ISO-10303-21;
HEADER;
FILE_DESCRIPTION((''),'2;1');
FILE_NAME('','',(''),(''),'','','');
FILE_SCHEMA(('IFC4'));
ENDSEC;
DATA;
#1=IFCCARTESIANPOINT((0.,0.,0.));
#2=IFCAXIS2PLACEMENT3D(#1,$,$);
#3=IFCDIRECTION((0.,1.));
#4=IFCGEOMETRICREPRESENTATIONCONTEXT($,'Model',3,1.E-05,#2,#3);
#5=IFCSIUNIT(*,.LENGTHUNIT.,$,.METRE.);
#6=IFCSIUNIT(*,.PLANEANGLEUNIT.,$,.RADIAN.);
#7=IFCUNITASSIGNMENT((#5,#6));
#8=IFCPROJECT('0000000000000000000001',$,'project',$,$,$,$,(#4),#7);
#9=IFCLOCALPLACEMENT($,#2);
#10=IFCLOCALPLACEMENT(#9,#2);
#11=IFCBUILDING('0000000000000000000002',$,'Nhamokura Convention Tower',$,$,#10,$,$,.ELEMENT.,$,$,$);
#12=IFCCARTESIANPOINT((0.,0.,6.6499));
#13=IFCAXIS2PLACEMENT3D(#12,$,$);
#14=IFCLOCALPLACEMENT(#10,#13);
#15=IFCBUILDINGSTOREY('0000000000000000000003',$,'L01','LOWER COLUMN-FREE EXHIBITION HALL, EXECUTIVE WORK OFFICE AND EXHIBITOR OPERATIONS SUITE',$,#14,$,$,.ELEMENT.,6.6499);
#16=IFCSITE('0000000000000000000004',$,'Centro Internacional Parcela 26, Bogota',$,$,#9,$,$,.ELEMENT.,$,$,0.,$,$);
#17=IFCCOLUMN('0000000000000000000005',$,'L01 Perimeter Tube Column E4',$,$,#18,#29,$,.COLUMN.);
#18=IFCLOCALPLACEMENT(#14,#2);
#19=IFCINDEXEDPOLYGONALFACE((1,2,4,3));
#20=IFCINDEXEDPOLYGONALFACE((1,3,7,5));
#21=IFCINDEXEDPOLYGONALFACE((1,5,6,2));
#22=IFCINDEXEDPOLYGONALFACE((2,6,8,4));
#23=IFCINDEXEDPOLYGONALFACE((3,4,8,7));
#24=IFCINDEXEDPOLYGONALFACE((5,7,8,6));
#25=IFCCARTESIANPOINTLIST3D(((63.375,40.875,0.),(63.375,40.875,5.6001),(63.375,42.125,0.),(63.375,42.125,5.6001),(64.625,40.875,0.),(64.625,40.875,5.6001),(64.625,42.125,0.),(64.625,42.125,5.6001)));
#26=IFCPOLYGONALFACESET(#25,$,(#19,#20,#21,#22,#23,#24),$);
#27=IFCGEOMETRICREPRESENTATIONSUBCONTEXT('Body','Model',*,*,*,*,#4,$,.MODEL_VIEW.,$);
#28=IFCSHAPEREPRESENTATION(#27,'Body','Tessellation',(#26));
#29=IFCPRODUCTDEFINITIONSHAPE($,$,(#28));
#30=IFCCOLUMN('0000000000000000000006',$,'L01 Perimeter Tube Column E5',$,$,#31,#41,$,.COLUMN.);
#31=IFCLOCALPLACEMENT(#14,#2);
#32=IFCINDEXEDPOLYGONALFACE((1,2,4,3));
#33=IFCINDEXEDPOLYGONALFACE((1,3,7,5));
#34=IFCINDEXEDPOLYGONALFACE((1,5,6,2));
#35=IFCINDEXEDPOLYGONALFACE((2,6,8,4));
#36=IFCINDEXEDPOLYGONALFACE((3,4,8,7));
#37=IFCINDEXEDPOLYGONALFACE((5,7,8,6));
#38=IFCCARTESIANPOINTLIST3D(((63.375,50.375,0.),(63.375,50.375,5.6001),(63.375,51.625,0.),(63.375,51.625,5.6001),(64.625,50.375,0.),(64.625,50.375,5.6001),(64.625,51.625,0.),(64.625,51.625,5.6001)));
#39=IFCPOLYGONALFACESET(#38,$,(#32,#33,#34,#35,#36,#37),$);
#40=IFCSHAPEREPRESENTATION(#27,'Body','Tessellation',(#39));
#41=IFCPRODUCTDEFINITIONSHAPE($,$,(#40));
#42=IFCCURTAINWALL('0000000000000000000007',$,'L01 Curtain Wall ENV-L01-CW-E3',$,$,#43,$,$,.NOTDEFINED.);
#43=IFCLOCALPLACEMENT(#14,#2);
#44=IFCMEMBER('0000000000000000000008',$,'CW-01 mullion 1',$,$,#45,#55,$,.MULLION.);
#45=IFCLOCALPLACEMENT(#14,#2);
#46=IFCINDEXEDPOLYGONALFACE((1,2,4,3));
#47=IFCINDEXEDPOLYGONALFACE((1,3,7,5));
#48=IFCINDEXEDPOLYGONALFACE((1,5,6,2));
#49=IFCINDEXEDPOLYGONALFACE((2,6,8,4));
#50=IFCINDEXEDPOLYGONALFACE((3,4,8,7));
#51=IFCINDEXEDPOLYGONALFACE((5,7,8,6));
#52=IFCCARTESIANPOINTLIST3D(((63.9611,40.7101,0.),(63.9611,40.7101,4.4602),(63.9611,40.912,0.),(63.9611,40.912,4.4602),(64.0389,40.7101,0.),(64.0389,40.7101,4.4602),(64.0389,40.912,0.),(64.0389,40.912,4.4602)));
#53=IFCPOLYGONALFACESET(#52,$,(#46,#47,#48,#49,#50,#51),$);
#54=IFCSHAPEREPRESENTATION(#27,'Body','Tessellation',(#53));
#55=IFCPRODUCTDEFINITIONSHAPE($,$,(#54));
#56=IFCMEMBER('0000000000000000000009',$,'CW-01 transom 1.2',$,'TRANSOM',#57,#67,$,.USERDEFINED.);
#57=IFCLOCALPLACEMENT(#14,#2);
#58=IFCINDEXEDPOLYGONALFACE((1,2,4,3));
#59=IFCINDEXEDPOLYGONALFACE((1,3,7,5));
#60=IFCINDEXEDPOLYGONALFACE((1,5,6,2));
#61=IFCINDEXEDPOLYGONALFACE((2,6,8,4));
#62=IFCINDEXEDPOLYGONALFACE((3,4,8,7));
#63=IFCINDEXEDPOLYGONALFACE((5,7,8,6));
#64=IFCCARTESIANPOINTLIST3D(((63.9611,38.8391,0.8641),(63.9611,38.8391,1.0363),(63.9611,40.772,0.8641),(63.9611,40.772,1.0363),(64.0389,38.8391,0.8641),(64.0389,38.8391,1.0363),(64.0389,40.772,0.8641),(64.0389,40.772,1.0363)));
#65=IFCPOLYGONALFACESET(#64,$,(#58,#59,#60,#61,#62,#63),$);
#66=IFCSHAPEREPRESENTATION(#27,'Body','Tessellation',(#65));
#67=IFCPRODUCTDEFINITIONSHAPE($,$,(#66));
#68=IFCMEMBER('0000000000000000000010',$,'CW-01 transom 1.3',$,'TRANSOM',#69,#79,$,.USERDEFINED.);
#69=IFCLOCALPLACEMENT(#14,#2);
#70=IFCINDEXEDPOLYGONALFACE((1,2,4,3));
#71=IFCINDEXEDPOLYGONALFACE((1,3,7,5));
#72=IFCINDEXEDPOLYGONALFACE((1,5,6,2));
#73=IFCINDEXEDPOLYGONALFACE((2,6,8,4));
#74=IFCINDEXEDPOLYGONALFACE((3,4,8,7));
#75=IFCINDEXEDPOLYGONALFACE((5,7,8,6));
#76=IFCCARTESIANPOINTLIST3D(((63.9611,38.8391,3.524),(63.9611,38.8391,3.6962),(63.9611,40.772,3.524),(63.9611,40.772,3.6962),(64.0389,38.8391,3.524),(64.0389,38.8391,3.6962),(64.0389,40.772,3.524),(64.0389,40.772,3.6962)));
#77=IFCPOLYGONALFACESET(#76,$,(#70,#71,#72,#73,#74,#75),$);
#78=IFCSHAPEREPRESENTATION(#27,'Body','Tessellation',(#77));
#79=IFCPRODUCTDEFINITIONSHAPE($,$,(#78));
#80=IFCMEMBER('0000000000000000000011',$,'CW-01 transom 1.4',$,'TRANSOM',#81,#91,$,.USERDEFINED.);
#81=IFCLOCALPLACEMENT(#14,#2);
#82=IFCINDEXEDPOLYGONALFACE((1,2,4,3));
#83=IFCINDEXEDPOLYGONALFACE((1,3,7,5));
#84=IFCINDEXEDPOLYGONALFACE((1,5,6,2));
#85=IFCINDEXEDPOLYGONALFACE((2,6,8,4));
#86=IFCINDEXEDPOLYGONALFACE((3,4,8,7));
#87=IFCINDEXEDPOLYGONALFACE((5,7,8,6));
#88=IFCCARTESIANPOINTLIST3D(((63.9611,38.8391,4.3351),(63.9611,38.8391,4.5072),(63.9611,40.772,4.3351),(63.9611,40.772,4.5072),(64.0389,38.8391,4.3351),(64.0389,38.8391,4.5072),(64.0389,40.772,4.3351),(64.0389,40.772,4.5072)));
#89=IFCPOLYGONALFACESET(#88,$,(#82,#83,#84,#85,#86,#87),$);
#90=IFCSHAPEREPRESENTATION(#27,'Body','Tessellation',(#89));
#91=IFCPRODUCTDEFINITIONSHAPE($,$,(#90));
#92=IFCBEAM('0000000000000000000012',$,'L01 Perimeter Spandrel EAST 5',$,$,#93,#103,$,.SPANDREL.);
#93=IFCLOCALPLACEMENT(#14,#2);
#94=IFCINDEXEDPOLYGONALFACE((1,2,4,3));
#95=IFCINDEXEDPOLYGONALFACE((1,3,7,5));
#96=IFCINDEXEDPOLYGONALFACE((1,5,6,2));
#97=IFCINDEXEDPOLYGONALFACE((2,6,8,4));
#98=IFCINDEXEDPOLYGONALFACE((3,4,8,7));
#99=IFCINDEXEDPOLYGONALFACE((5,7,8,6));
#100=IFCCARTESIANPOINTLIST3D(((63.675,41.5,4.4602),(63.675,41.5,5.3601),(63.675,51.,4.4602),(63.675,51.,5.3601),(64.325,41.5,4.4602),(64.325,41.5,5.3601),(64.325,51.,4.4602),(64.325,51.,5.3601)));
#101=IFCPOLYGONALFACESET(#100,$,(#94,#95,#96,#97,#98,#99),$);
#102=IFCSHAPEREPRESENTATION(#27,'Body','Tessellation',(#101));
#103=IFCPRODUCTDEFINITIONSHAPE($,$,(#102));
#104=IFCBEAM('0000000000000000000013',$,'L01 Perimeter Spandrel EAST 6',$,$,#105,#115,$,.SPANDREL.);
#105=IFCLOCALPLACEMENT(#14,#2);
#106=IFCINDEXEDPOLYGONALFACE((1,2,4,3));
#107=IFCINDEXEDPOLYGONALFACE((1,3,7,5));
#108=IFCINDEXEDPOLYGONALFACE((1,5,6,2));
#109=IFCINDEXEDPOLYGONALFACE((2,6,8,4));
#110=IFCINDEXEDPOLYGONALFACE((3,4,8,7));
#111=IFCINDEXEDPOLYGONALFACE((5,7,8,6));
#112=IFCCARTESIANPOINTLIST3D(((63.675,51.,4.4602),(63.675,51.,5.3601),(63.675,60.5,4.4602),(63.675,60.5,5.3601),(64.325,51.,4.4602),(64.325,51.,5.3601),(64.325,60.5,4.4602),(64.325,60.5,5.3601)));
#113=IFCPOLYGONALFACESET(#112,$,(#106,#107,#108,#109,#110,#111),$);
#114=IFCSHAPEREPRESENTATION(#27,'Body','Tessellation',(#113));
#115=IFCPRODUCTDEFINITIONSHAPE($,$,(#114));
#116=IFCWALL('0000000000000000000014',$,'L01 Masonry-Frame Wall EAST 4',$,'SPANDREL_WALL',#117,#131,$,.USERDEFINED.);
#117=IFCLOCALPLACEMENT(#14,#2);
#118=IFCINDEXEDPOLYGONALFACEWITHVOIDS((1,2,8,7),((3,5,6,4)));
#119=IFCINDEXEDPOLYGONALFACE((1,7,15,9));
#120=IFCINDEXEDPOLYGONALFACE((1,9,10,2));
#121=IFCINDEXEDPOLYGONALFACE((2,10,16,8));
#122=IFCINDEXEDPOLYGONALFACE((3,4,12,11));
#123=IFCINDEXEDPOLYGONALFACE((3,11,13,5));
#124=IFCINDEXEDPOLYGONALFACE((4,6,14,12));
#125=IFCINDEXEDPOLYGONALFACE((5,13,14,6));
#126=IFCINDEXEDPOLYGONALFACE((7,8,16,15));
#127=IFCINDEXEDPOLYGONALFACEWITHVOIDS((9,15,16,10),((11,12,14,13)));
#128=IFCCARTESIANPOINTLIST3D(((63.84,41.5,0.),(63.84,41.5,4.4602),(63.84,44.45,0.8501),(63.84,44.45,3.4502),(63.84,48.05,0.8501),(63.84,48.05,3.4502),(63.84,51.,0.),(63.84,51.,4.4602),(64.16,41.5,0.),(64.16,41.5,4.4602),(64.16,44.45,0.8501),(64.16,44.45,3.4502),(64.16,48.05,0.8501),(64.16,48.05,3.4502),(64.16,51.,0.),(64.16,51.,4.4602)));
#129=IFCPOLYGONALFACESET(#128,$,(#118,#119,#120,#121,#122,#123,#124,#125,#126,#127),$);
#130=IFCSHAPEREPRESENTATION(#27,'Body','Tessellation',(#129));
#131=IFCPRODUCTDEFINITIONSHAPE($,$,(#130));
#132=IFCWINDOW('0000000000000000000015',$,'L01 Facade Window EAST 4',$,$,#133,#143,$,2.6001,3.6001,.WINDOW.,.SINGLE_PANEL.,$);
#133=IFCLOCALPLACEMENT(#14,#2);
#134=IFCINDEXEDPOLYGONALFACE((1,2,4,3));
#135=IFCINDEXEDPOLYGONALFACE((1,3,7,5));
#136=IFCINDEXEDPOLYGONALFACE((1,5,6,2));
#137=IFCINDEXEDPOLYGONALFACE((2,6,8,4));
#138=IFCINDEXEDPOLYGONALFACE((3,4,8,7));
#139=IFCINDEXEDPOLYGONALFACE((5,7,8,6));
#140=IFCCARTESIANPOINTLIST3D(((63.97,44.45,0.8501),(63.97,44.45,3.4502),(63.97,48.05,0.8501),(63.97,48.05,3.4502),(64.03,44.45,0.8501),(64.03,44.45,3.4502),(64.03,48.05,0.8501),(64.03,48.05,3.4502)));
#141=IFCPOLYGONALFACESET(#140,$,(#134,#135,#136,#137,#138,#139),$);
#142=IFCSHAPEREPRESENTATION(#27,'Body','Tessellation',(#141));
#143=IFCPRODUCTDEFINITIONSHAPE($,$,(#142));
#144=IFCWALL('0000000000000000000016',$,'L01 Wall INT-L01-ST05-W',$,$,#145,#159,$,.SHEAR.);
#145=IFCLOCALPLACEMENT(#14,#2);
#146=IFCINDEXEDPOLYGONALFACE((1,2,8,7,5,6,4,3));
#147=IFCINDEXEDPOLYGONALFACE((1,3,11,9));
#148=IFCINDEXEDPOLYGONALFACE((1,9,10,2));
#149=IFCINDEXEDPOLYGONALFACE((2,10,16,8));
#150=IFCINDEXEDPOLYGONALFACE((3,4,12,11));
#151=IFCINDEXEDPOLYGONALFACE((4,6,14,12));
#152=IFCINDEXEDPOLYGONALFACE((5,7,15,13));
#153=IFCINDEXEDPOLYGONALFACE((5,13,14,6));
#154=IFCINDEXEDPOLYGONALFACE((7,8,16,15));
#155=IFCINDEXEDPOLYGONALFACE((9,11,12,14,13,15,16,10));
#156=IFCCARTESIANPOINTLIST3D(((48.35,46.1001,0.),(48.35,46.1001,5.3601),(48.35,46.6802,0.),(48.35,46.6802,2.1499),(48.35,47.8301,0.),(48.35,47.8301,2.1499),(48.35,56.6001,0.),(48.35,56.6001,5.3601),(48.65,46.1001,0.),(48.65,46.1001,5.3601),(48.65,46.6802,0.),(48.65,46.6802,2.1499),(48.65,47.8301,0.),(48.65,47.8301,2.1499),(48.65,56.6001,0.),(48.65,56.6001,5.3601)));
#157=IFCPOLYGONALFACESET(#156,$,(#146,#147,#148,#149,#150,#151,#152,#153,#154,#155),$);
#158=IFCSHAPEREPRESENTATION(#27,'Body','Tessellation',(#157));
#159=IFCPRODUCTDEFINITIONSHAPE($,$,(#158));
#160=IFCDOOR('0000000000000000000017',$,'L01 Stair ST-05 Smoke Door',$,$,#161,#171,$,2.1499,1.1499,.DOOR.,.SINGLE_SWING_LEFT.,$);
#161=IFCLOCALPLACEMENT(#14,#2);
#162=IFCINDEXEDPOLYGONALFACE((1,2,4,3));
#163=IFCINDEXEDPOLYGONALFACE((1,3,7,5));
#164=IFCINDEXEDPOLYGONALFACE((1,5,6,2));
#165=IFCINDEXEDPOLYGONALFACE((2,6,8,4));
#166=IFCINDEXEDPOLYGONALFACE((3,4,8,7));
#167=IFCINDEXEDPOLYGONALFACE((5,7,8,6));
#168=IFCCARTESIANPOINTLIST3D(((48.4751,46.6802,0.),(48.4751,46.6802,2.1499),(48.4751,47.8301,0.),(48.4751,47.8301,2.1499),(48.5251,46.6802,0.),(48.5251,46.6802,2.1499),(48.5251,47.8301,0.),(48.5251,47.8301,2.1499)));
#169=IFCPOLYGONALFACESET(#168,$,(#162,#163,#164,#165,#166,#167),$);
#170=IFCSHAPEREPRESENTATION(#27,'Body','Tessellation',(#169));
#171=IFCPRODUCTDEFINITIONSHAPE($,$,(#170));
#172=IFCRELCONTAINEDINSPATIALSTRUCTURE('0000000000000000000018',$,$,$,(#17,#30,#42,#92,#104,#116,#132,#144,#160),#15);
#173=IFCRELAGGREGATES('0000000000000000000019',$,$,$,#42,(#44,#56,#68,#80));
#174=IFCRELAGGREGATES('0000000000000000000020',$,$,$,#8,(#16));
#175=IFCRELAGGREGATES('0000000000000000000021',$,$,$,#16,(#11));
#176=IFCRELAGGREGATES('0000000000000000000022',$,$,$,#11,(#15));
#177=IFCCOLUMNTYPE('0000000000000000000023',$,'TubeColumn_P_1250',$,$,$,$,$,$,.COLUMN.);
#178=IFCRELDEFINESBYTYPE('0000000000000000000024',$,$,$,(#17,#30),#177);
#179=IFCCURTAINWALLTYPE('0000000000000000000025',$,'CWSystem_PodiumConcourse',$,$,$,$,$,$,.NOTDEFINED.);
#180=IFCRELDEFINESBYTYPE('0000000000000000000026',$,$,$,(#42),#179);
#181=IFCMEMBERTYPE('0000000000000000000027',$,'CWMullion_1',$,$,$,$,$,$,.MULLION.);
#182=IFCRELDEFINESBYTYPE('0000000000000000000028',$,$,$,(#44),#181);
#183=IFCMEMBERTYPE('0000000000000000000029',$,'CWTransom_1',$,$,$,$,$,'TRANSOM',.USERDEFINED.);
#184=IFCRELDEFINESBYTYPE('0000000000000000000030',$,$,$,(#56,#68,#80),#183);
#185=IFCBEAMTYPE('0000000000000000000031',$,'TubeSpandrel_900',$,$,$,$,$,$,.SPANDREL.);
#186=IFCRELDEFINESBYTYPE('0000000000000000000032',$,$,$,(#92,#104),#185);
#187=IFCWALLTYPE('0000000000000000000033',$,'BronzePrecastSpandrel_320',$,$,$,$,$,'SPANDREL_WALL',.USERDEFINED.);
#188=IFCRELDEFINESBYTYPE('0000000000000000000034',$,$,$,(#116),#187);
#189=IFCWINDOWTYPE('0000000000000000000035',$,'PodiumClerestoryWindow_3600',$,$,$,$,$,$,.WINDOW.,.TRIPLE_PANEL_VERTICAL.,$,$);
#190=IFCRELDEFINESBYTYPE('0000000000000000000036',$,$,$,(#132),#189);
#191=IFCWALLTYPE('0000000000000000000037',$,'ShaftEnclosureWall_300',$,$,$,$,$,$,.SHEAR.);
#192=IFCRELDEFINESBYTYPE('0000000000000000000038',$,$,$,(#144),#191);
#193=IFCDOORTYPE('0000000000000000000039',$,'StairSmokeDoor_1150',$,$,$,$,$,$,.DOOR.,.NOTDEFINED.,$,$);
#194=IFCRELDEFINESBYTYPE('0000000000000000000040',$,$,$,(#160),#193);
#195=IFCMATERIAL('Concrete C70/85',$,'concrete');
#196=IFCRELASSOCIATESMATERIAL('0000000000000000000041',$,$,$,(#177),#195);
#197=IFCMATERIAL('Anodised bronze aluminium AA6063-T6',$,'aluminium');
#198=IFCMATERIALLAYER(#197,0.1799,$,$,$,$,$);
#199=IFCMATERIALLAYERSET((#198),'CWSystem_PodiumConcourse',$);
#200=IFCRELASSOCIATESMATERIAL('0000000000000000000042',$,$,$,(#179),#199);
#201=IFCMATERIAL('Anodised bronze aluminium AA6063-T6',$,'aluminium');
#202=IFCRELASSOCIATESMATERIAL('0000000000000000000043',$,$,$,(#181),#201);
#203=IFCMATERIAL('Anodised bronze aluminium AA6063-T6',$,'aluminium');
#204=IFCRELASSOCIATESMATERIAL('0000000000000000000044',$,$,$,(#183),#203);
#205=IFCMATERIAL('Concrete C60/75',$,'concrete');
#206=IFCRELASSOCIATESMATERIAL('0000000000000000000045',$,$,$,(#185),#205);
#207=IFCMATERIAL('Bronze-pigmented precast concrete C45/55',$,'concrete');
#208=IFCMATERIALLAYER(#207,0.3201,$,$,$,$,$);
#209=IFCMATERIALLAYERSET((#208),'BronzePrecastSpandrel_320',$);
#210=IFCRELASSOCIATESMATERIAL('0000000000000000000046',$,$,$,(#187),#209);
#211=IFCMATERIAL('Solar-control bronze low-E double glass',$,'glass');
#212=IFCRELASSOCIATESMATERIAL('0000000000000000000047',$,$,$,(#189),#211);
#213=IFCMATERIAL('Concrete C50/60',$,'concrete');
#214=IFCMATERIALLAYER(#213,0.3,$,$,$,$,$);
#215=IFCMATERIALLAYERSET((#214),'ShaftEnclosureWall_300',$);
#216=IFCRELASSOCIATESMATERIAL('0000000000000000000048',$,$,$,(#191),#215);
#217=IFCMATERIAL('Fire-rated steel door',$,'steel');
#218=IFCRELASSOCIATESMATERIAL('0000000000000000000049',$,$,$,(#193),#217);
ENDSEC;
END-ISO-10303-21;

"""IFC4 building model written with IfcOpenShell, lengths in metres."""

from ifc_helpers import new_model, si_unit, direction, frame, frame_2d, origin, origin_2d, place, context, subcontext, project, spatial, rectangle, extrude, material, layer, layer_set, material_profile, profile_set, type_object, element, fill, aggregate, save


model = new_model("IFC4")

# Units and contexts
model_context = context("Model", 3, precision=1e-05, world=origin(), true_north=direction((0.0, 1.0)))
body_context = subcontext(model_context, "Body", "Model", "MODEL_VIEW")
ifc_project = project(units=[si_unit("LENGTHUNIT", "METRE"), si_unit("PLANEANGLEUNIT", "RADIAN")], contexts=[model_context])

# Site, building, storey
site_placement = place(None, origin())
site = spatial("IfcSite", under=ifc_project, at=site_placement, Name="Centro Internacional Parcela 26, Bogota", CompositionType="ELEMENT", RefElevation=0.0)
building_placement = place(site_placement, origin())
building = spatial("IfcBuilding", under=site, at=building_placement, Name="Nhamokura Convention Tower", CompositionType="ELEMENT")
storey_placement = place(building_placement, frame((0.0, 0.0, 6.6499)))
storey = spatial("IfcBuildingStorey", under=building, at=storey_placement, Name="L01", Description="LOWER COLUMN-FREE EXHIBITION HALL, EXECUTIVE WORK OFFICE AND EXHIBITOR OPERATIONS SUITE", CompositionType="ELEMENT", Elevation=6.6499)

# Columns
ifc_material_1 = material(Name="Concrete C70/85", Category="concrete")
ifc_material_profile_1 = material_profile(ifc_material_1, rectangle(XDim=1.25, YDim=1.25, at=origin_2d()))
ifc_profile_set_1 = profile_set([ifc_material_profile_1], Name="Concrete C70/85")
column_type = type_object("IfcColumnType", Name="TubeColumn_P_1250", PredefinedType="COLUMN", material=ifc_profile_set_1)
for number, where, z_axis, x_axis, name in (
    (1, (64.0, 41.5, 0.0), (0.0, 0.0, 1.0), (1.0, 0.0, 0.0), "L01 Perimeter Tube Column E4"),
    (2, (64.0, 51.0, 0.0), (0.0, 0.0, 1.0), (1.0, 0.0, 0.0), "L01 Perimeter Tube Column E5"),
):
    element("IfcColumn", number, at=place(storey_placement, frame(where, z_axis=z_axis, x_axis=x_axis)), inside=storey, type_object=column_type, Name=name, PredefinedType="COLUMN", context=body_context, shape_type="SweptSolid", body=[
        extrude(rectangle(XDim=1.25, YDim=1.25, at=origin_2d()), origin(), (0.0, 0.0, 1.0), 5.6001),
    ])

# Curtain wall, members
ifc_material_2 = material(Name="Anodised bronze aluminium AA6063-T6", Category="aluminium")
ifc_layer_1 = layer(ifc_material_2, 0.1799)
ifc_layer_set_1 = layer_set([ifc_layer_1], Name="CWSystem_PodiumConcourse")
curtain_wall_type = type_object("IfcCurtainWallType", Name="CWSystem_PodiumConcourse", PredefinedType="NOTDEFINED", material=ifc_layer_set_1)
curtain_wall_placement = place(storey_placement, origin())
curtain_wall = element("IfcCurtainWall", 3, at=curtain_wall_placement, inside=storey, type_object=curtain_wall_type, Name="L01 Curtain Wall ENV-L01-CW-E3", PredefinedType="NOTDEFINED")
ifc_material_3 = material(Name="Anodised bronze aluminium AA6063-T6", Category="aluminium")
ifc_material_profile_2 = material_profile(ifc_material_3, rectangle(XDim=0.0779, YDim=0.2019, at=origin_2d()))
ifc_profile_set_2 = profile_set([ifc_material_profile_2], Name="Anodised bronze aluminium AA6063-T6")
member_type_1 = type_object("IfcMemberType", Name="CWMullion_1", PredefinedType="MULLION", material=ifc_profile_set_2)
member_1_placement = place(storey_placement, frame((64.0, 40.811, 0.0), z_axis=(0.0, 0.0, 1.0), x_axis=(1.0, 0.0, 0.0)))
member_1 = element("IfcMember", 4, at=member_1_placement, type_object=member_type_1, Name="CW-01 mullion 1", PredefinedType="MULLION", context=body_context, shape_type="SweptSolid", body=[
    extrude(rectangle(XDim=0.0779, YDim=0.2019, at=origin_2d()), origin(), (0.0, 0.0, 1.0), 4.4602),
])
ifc_material_4 = material(Name="Anodised bronze aluminium AA6063-T6", Category="aluminium")
ifc_material_profile_3 = material_profile(ifc_material_4, rectangle(XDim=0.0779, YDim=0.1721, at=origin_2d()))
ifc_profile_set_3 = profile_set([ifc_material_profile_3], Name="Anodised bronze aluminium AA6063-T6")
member_type_2 = type_object("IfcMemberType", Name="CWTransom_1", ElementType="TRANSOM", PredefinedType="USERDEFINED", material=ifc_profile_set_3)
member_2_placement = place(storey_placement, frame((64.0, 40.772, 0.9502), z_axis=(0.0, -1.0, 0.0), x_axis=(1.0, 0.0, 0.0)))
member_2 = element("IfcMember", 5, at=member_2_placement, type_object=member_type_2, Name="CW-01 transom 1.2", ObjectType="TRANSOM", PredefinedType="USERDEFINED", context=body_context, shape_type="SweptSolid", body=[
    extrude(rectangle(XDim=0.0779, YDim=0.1721, at=origin_2d()), origin(), (0.0, 0.0, 1.0), 1.9329),
])
member_3_placement = place(storey_placement, frame((64.0, 40.772, 3.6101), z_axis=(0.0, -1.0, 0.0), x_axis=(1.0, 0.0, 0.0)))
member_3 = element("IfcMember", 6, at=member_3_placement, type_object=member_type_2, Name="CW-01 transom 1.3", ObjectType="TRANSOM", PredefinedType="USERDEFINED", context=body_context, shape_type="SweptSolid", body=[
    extrude(rectangle(XDim=0.0779, YDim=0.1721, at=origin_2d()), origin(), (0.0, 0.0, 1.0), 1.9329),
])
member_4_placement = place(storey_placement, frame((64.0, 40.772, 4.4211), z_axis=(0.0, -1.0, 0.0), x_axis=(1.0, 0.0, 0.0)))
member_4 = element("IfcMember", 7, at=member_4_placement, type_object=member_type_2, Name="CW-01 transom 1.4", ObjectType="TRANSOM", PredefinedType="USERDEFINED", context=body_context, shape_type="SweptSolid", body=[
    extrude(rectangle(XDim=0.0779, YDim=0.1721, at=origin_2d()), origin(), (0.0, 0.0, 1.0), 1.9329),
])
aggregate(curtain_wall, [member_1, member_2, member_3, member_4])

# Beams
ifc_material_5 = material(Name="Concrete C60/75", Category="concrete")
ifc_material_profile_4 = material_profile(ifc_material_5, rectangle(XDim=0.6499, YDim=0.8999, at=origin_2d()))
ifc_profile_set_4 = profile_set([ifc_material_profile_4], Name="Concrete C60/75")
beam_type = type_object("IfcBeamType", Name="TubeSpandrel_900", PredefinedType="SPANDREL", material=ifc_profile_set_4)
for number, where, z_axis, x_axis, name in (
    (8, (64.0, 41.5, 4.9102), (0.0, 1.0, 0.0), (-1.0, 0.0, 0.0), "L01 Perimeter Spandrel EAST 5"),
    (9, (64.0, 51.0, 4.9102), (0.0, 1.0, 0.0), (-1.0, 0.0, 0.0), "L01 Perimeter Spandrel EAST 6"),
):
    element("IfcBeam", number, at=place(storey_placement, frame(where, z_axis=z_axis, x_axis=x_axis)), inside=storey, type_object=beam_type, Name=name, PredefinedType="SPANDREL", context=body_context, shape_type="SweptSolid", body=[
        extrude(rectangle(XDim=0.6499, YDim=0.8999, at=origin_2d()), origin(), (0.0, 0.0, 1.0), 9.5),
    ])

# Wall, opening, window
ifc_material_6 = material(Name="Bronze-pigmented precast concrete C45/55", Category="concrete")
ifc_layer_2 = layer(ifc_material_6, 0.3201)
ifc_layer_set_2 = layer_set([ifc_layer_2], Name="BronzePrecastSpandrel_320")
wall_type_1 = type_object("IfcWallType", Name="BronzePrecastSpandrel_320", ElementType="SPANDREL_WALL", PredefinedType="USERDEFINED", material=ifc_layer_set_2)
wall_1_placement = place(storey_placement, frame((64.0, 51.0, 0.0), z_axis=(0.0, 0.0, 1.0), x_axis=(0.0, -1.0, 0.0)))
wall_1 = element("IfcWall", 10, at=wall_1_placement, inside=storey, type_object=wall_type_1, Name="L01 Masonry-Frame Wall EAST 4", ObjectType="SPANDREL_WALL", PredefinedType="USERDEFINED", context=body_context, shape_type="SweptSolid", body=[
    extrude(rectangle(XDim=9.5, YDim=0.3201, at=frame_2d((4.75, 0.0))), origin(), (0.0, 0.0, 1.0), 4.4602),
])
opening_1_placement = place(wall_1_placement, frame((2.95, 0.0, 0.8501)))
opening_1 = element("IfcOpeningElement", 11, at=opening_1_placement, cuts=wall_1, PredefinedType="OPENING", context=body_context, shape_type="SweptSolid", body=[
    extrude(rectangle(XDim=3.6001, YDim=2.6001, at=frame_2d((1.8, 1.3))), frame((0.0, 0.1699, 0.0), z_axis=(0.0, -1.0, 0.0), x_axis=(1.0, 0.0, 0.0)), (0.0, 0.0, 1.0), 0.3401),
])
ifc_material_7 = material(Name="Solar-control bronze low-E double glass", Category="glass")
window_type = type_object("IfcWindowType", Name="PodiumClerestoryWindow_3600", PartitioningType="TRIPLE_PANEL_VERTICAL", PredefinedType="WINDOW", material=ifc_material_7)
window_placement = place(opening_1_placement, origin())
window = element("IfcWindow", 12, at=window_placement, inside=storey, type_object=window_type, Name="L01 Facade Window EAST 4", OverallHeight=2.6001, OverallWidth=3.6001, PartitioningType="SINGLE_PANEL", PredefinedType="WINDOW", context=body_context, shape_type="SweptSolid", body=[
    extrude(rectangle(XDim=3.6001, YDim=2.6001, at=frame_2d((1.8, 1.3))), frame((0.0, 0.03, 0.0), z_axis=(0.0, -1.0, 0.0), x_axis=(1.0, 0.0, 0.0)), (0.0, 0.0, 1.0), 0.0601),
])
fill(opening_1, window)

# Wall, opening, door
ifc_material_8 = material(Name="Concrete C50/60", Category="concrete")
ifc_layer_3 = layer(ifc_material_8, 0.3)
ifc_layer_set_3 = layer_set([ifc_layer_3], Name="ShaftEnclosureWall_300")
wall_type_2 = type_object("IfcWallType", Name="ShaftEnclosureWall_300", PredefinedType="SHEAR", material=ifc_layer_set_3)
wall_2_placement = place(storey_placement, frame((48.5, 46.1001, 0.0), z_axis=(0.0, 0.0, 1.0), x_axis=(0.0, 1.0, 0.0)))
wall_2 = element("IfcWall", 13, at=wall_2_placement, inside=storey, type_object=wall_type_2, Name="L01 Wall INT-L01-ST05-W", PredefinedType="SHEAR", context=body_context, shape_type="SweptSolid", body=[
    extrude(rectangle(XDim=10.5, YDim=0.3, at=frame_2d((5.25, 0.0))), origin(), (0.0, 0.0, 1.0), 5.3601),
])
opening_2_placement = place(wall_2_placement, frame((0.5801, 0.0, 0.0)))
opening_2 = element("IfcOpeningElement", 14, at=opening_2_placement, cuts=wall_2, PredefinedType="OPENING", context=body_context, shape_type="SweptSolid", body=[
    extrude(rectangle(XDim=1.1499, YDim=2.1499, at=frame_2d((0.575, 1.075))), frame((0.0, 0.1599, 0.0), z_axis=(0.0, -1.0, 0.0), x_axis=(1.0, 0.0, 0.0)), (0.0, 0.0, 1.0), 0.3201),
])
ifc_material_9 = material(Name="Fire-rated steel door", Category="steel")
door_type = type_object("IfcDoorType", Name="StairSmokeDoor_1150", OperationType="NOTDEFINED", PredefinedType="DOOR", material=ifc_material_9)
door_placement = place(opening_2_placement, origin())
door = element("IfcDoor", 15, at=door_placement, inside=storey, type_object=door_type, Name="L01 Stair ST-05 Smoke Door", OperationType="SINGLE_SWING_LEFT", OverallHeight=2.1499, OverallWidth=1.1499, PredefinedType="DOOR", context=body_context, shape_type="SweptSolid", body=[
    extrude(rectangle(XDim=1.1499, YDim=2.1499, at=frame_2d((0.575, 1.075))), frame((0.0, 0.0249, 0.0), z_axis=(0.0, -1.0, 0.0), x_axis=(1.0, 0.0, 0.0)), (0.0, 0.0, 1.0), 0.05),
])
fill(opening_2, door)

save(model, "model.ifc")
